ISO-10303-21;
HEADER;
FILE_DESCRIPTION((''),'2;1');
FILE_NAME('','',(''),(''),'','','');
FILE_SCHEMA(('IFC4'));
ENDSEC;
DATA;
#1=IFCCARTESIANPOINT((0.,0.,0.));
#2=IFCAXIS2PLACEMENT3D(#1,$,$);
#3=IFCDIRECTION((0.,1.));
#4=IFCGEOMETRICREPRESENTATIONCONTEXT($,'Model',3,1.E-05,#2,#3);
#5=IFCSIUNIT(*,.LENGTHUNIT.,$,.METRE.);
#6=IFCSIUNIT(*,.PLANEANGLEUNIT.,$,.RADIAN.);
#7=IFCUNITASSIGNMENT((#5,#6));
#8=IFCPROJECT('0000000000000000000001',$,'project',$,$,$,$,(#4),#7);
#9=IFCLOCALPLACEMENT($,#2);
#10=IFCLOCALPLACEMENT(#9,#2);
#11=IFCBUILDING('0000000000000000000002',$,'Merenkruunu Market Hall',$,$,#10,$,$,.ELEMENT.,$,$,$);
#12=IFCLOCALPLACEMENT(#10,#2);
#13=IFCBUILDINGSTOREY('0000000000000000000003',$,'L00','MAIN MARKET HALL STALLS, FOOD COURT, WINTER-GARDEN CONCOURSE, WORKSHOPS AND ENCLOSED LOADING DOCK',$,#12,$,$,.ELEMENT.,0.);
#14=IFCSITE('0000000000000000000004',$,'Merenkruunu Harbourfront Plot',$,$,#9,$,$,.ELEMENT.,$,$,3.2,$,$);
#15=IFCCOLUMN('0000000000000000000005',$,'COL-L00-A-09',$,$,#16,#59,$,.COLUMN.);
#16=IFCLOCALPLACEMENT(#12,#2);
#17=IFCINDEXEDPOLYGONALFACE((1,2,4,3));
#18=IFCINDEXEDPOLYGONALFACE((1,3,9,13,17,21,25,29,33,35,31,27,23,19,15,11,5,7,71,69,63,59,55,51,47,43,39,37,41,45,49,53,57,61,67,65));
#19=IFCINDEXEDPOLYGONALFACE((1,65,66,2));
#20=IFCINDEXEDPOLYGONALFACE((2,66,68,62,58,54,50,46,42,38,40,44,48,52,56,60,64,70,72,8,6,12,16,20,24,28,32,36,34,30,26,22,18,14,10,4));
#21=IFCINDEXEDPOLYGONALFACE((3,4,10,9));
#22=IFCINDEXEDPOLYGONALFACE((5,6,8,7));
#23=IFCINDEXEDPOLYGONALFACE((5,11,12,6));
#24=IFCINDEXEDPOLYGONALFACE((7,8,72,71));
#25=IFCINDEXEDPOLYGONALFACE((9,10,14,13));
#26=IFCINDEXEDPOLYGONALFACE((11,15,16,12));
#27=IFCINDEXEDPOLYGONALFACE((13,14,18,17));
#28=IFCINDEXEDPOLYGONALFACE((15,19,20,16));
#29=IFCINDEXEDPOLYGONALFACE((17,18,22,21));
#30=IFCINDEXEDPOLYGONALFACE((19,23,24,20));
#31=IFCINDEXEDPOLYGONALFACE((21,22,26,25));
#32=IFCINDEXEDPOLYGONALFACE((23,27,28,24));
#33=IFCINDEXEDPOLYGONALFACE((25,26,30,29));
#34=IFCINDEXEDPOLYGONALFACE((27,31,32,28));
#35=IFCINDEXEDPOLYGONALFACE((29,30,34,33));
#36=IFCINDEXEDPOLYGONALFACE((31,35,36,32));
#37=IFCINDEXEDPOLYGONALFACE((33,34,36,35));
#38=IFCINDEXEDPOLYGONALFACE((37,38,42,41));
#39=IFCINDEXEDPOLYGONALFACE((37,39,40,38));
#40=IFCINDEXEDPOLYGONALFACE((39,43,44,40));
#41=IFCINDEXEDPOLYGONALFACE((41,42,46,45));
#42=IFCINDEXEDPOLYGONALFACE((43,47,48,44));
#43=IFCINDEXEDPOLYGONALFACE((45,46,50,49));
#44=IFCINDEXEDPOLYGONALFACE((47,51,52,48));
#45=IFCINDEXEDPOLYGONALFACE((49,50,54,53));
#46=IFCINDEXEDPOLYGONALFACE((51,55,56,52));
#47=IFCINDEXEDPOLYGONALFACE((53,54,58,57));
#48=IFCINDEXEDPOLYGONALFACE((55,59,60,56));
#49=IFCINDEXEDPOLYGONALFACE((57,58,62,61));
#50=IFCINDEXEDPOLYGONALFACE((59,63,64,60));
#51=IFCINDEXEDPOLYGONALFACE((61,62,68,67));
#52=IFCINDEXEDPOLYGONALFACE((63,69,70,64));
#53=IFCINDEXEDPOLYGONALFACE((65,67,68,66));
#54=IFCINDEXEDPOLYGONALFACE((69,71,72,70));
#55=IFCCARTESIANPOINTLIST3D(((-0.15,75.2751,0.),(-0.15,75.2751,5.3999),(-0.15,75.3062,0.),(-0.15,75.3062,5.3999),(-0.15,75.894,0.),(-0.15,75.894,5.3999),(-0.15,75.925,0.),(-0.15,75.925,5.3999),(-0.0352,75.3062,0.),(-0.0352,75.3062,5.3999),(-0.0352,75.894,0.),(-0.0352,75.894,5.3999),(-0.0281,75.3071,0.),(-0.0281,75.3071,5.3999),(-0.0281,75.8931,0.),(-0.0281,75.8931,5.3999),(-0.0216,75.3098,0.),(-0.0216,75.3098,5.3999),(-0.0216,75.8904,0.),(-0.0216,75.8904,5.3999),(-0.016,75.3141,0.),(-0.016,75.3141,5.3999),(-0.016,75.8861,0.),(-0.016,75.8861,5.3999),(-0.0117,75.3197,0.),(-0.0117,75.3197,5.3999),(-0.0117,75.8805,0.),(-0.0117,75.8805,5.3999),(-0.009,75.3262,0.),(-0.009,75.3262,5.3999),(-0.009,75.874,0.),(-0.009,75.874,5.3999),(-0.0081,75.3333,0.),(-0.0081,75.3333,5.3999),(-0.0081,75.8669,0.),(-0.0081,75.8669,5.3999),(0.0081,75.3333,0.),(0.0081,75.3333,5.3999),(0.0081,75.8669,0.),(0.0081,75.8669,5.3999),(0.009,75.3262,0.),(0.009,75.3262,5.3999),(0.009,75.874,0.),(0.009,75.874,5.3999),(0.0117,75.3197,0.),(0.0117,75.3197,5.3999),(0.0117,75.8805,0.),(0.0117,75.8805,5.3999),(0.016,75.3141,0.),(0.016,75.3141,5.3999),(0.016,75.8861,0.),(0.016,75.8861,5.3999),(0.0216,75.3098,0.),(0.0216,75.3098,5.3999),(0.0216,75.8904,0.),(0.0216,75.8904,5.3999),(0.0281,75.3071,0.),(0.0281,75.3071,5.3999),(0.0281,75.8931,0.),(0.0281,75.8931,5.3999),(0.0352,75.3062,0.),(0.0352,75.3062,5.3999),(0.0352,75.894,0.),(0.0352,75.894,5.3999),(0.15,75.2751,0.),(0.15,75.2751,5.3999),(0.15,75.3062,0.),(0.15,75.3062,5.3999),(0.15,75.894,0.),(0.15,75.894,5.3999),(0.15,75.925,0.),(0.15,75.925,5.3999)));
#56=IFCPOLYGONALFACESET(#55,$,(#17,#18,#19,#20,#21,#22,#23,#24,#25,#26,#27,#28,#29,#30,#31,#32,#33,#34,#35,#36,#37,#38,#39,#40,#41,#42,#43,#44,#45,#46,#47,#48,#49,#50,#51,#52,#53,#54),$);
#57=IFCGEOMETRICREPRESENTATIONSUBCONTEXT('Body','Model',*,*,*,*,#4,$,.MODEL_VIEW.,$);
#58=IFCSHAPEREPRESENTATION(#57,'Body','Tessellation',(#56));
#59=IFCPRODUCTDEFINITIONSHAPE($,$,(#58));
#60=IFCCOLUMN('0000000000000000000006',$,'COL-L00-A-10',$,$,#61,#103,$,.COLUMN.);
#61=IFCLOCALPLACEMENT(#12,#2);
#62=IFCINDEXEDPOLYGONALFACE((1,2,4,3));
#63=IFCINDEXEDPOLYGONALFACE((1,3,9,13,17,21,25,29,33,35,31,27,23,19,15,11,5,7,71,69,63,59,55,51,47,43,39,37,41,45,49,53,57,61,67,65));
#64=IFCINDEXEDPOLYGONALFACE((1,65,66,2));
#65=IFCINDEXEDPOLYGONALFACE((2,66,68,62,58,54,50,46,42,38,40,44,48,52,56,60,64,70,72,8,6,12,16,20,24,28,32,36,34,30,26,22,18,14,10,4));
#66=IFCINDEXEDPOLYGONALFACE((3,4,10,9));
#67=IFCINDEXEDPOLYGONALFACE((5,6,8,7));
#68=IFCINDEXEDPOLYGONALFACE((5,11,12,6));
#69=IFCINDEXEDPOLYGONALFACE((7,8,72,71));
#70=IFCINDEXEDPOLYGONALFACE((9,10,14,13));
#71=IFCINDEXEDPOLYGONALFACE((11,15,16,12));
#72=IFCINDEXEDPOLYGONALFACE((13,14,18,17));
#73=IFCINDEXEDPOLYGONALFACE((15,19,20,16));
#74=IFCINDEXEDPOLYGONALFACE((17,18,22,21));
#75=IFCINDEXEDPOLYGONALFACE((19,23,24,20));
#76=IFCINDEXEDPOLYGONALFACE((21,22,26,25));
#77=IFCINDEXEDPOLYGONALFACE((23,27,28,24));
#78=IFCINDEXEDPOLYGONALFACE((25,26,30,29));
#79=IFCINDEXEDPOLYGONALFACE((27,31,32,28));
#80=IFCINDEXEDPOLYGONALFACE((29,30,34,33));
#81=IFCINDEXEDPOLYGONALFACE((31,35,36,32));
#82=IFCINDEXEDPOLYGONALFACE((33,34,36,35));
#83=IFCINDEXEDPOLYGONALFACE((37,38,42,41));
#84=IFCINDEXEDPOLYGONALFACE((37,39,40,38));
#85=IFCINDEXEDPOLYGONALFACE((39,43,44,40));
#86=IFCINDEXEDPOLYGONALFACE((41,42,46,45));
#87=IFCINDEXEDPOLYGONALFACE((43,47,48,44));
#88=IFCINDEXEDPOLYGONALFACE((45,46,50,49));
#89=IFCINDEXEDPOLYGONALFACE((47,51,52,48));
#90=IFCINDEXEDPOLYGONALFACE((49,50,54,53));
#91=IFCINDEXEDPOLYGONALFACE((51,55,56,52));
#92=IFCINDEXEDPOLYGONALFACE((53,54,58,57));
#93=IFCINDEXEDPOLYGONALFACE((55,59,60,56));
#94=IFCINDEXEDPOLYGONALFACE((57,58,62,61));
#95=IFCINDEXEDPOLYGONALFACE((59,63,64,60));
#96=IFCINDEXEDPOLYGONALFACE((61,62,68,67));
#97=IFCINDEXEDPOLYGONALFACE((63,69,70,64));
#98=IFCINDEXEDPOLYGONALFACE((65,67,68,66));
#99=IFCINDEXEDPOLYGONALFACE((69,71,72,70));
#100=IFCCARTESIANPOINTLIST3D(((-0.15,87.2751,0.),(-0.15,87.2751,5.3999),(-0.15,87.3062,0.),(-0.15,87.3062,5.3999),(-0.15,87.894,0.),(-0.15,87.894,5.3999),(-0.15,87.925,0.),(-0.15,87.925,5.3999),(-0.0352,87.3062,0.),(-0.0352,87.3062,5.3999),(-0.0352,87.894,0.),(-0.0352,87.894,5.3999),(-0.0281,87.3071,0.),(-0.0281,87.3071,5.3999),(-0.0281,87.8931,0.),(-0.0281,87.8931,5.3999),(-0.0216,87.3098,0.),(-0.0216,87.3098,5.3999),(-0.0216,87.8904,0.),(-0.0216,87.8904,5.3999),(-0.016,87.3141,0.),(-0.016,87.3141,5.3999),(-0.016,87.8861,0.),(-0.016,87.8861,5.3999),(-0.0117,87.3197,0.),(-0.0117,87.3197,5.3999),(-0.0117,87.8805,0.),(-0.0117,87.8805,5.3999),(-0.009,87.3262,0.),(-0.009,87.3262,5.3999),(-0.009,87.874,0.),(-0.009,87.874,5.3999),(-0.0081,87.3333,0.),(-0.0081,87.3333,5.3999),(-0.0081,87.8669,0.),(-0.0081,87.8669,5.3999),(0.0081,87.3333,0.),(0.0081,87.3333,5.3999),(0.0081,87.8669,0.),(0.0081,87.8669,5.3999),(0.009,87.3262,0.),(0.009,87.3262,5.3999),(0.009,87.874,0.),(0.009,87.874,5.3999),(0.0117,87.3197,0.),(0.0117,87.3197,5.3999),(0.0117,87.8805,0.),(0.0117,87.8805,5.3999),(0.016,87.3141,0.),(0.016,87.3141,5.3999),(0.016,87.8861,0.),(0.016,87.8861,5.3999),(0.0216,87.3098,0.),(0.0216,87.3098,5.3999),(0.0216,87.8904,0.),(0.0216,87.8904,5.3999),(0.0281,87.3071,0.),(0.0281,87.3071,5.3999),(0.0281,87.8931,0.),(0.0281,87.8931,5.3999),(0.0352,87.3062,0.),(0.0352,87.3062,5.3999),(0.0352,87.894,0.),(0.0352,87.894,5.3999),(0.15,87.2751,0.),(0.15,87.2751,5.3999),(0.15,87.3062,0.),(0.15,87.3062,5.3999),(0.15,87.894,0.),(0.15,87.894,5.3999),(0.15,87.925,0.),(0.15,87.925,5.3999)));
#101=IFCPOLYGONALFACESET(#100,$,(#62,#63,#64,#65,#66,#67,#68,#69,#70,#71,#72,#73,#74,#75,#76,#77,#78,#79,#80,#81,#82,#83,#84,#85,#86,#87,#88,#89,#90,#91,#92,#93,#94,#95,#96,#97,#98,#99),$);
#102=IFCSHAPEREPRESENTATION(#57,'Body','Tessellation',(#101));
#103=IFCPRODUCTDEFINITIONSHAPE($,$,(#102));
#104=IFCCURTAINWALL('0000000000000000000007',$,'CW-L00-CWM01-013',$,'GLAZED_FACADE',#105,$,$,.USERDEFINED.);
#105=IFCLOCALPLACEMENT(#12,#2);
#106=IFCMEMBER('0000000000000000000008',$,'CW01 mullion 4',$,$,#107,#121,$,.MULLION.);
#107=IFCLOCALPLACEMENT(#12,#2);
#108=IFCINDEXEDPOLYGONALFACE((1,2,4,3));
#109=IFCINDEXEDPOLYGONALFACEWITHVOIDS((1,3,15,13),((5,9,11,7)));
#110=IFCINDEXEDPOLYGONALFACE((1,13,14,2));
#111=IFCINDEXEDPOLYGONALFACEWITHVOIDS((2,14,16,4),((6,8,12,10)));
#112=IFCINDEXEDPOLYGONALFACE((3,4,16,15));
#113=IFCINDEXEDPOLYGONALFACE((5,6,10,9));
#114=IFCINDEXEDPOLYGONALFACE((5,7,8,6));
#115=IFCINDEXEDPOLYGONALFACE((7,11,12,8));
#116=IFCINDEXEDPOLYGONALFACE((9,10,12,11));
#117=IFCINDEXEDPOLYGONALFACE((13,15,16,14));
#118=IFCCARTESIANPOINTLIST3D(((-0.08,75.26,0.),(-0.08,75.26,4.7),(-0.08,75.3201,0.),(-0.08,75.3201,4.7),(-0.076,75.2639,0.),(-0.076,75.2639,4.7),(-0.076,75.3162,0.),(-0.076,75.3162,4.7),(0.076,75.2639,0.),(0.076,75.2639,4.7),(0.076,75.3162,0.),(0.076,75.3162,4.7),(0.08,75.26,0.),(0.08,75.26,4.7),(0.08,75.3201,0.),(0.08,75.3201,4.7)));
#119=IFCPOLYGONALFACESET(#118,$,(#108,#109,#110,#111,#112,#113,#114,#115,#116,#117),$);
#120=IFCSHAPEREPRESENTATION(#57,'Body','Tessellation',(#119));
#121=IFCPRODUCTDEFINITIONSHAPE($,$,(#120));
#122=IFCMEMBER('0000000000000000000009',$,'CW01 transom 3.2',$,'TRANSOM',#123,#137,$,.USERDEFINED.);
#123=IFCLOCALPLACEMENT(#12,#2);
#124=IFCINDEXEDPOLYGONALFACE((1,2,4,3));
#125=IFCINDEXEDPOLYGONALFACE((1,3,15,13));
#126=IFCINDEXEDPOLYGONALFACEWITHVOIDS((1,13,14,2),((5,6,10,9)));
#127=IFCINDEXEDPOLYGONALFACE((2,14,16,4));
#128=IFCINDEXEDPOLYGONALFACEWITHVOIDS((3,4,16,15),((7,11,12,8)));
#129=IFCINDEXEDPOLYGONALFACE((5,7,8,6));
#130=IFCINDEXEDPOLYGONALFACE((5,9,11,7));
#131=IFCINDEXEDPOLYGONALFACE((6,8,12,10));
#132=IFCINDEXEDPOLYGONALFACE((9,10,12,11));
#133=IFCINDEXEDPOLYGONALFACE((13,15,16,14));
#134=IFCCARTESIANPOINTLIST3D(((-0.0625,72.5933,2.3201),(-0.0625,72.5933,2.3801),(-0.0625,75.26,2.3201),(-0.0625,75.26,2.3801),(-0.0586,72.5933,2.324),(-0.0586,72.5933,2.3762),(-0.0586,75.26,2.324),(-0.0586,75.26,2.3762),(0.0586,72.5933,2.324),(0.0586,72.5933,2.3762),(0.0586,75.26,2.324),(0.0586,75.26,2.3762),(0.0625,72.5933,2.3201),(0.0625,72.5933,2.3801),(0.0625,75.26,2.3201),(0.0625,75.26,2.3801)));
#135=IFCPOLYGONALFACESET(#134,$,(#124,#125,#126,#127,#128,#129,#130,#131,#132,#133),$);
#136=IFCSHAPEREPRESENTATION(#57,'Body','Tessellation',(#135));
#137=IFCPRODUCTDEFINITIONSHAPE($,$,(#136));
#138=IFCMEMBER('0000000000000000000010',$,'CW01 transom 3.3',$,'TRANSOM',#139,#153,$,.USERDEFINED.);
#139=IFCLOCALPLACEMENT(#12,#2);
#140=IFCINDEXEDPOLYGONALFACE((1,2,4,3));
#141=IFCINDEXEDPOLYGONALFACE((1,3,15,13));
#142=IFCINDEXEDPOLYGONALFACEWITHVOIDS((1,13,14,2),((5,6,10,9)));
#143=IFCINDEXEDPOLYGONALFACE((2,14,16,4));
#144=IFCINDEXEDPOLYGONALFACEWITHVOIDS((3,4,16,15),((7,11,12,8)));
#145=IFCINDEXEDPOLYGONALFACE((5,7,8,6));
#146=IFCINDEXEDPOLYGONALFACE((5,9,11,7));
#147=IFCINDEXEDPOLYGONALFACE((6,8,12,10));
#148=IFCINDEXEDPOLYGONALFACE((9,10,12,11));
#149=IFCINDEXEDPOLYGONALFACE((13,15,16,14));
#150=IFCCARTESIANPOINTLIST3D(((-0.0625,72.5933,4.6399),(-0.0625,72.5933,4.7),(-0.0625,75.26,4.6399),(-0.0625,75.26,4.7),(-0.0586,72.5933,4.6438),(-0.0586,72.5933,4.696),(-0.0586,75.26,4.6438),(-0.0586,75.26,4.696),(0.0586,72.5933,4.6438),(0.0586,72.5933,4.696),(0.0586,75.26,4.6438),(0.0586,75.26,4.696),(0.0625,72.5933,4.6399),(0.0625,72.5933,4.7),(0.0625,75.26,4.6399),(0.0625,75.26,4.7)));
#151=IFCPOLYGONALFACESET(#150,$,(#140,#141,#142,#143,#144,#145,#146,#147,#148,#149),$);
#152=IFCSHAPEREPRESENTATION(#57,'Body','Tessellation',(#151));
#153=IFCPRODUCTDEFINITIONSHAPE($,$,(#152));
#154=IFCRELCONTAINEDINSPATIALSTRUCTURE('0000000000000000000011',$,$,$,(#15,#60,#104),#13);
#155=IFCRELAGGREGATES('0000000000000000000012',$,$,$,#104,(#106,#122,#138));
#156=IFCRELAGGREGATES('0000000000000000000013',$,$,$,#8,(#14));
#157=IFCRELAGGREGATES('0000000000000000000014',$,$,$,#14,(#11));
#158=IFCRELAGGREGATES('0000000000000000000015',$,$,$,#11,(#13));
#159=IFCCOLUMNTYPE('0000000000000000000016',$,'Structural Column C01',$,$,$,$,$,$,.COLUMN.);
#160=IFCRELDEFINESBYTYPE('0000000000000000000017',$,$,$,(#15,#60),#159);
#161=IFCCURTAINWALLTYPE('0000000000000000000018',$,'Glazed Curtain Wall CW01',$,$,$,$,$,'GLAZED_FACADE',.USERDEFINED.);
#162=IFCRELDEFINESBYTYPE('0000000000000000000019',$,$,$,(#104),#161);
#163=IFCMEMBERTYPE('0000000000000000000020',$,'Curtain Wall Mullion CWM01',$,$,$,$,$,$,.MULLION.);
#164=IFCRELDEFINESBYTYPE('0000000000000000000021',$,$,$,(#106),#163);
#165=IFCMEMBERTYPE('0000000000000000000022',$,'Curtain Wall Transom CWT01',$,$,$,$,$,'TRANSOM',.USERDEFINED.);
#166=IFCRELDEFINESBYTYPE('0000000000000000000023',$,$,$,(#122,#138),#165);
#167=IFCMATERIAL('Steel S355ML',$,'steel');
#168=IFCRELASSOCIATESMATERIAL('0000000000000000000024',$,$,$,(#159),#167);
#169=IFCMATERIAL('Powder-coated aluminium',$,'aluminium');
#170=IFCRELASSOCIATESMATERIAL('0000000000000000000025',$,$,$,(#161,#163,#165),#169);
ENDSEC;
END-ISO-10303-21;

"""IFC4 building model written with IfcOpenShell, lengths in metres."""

from ifc_helpers import new_model, si_unit, direction, frame, origin, origin_2d, place, context, subcontext, project, spatial, hollow_rectangle, i_section, extrude, material, material_profile, profile_set, type_object, element, aggregate, save


model = new_model("IFC4")

# Units and contexts
model_context = context("Model", 3, precision=1e-05, world=origin(), true_north=direction((0.0, 1.0)))
body_context = subcontext(model_context, "Body", "Model", "MODEL_VIEW")
ifc_project = project(units=[si_unit("LENGTHUNIT", "METRE"), si_unit("PLANEANGLEUNIT", "RADIAN")], contexts=[model_context])

# Site, building, storey
site_placement = place(None, origin())
site = spatial("IfcSite", under=ifc_project, at=site_placement, Name="Merenkruunu Harbourfront Plot", CompositionType="ELEMENT", RefElevation=3.2)
building_placement = place(site_placement, origin())
building = spatial("IfcBuilding", under=site, at=building_placement, Name="Merenkruunu Market Hall", CompositionType="ELEMENT")
storey_placement = place(building_placement, origin())
storey = spatial("IfcBuildingStorey", under=building, at=storey_placement, Name="L00", Description="MAIN MARKET HALL STALLS, FOOD COURT, WINTER-GARDEN CONCOURSE, WORKSHOPS AND ENCLOSED LOADING DOCK", CompositionType="ELEMENT", Elevation=0.0)

# Columns
ifc_material_1 = material(Name="Steel S355ML", Category="steel")
ifc_material_profile_1 = material_profile(ifc_material_1, i_section(OverallWidth=0.3, OverallDepth=0.6499, WebThickness=0.0161, FlangeThickness=0.031, FilletRadius=0.0271, at=origin_2d()), Name="HEB 650")
ifc_profile_set_1 = profile_set([ifc_material_profile_1], Name="Steel S355ML")
column_type = type_object("IfcColumnType", Name="Structural Column C01", PredefinedType="COLUMN", material=ifc_profile_set_1)
for number, where, z_axis, x_axis, name in (
    (1, (0.0, 75.6001, 0.0), (0.0, 0.0, 1.0), (1.0, 0.0, 0.0), "COL-L00-A-09"),
    (2, (0.0, 87.6001, 0.0), (0.0, 0.0, 1.0), (1.0, 0.0, 0.0), "COL-L00-A-10"),
):
    element("IfcColumn", number, at=place(storey_placement, frame(where, z_axis=z_axis, x_axis=x_axis)), inside=storey, type_object=column_type, Name=name, PredefinedType="COLUMN", context=body_context, shape_type="SweptSolid", body=[
        extrude(i_section(OverallWidth=0.3, OverallDepth=0.6499, WebThickness=0.0161, FlangeThickness=0.031, FilletRadius=0.0271, at=origin_2d()), origin(), (0.0, 0.0, 1.0), 5.3999),
    ])

# Curtain wall, members
ifc_material_2 = material(Name="Powder-coated aluminium", Category="aluminium")
curtain_wall_type = type_object("IfcCurtainWallType", Name="Glazed Curtain Wall CW01", ElementType="GLAZED_FACADE", PredefinedType="USERDEFINED", material=ifc_material_2)
curtain_wall_placement = place(storey_placement, origin())
curtain_wall = element("IfcCurtainWall", 3, at=curtain_wall_placement, inside=storey, type_object=curtain_wall_type, Name="CW-L00-CWM01-013", ObjectType="GLAZED_FACADE", PredefinedType="USERDEFINED")
ifc_material_profile_2 = material_profile(ifc_material_2, hollow_rectangle(XDim=0.0601, YDim=0.1599, WallThickness=0.0039, at=origin_2d()), Name="ALU 60x160x4")
ifc_profile_set_2 = profile_set([ifc_material_profile_2], Name="Powder-coated aluminium")
member_type_1 = type_object("IfcMemberType", Name="Curtain Wall Mullion CWM01", PredefinedType="MULLION", material=ifc_profile_set_2)
member_1_placement = place(storey_placement, frame((0.0, 75.29, 0.0), z_axis=(0.0, 0.0, 1.0), x_axis=(0.0, 1.0, 0.0)))
member_1 = element("IfcMember", 4, at=member_1_placement, type_object=member_type_1, Name="CW01 mullion 4", PredefinedType="MULLION", context=body_context, shape_type="SweptSolid", body=[
    extrude(hollow_rectangle(XDim=0.0601, YDim=0.1599, WallThickness=0.0039, at=origin_2d()), origin(), (0.0, 0.0, 1.0), 4.7),
])
ifc_material_profile_3 = material_profile(ifc_material_2, hollow_rectangle(XDim=0.0601, YDim=0.125, WallThickness=0.0039, at=origin_2d()), Name="ALU 60x125x4")
ifc_profile_set_3 = profile_set([ifc_material_profile_3], Name="Powder-coated aluminium")
member_type_2 = type_object("IfcMemberType", Name="Curtain Wall Transom CWT01", ElementType="TRANSOM", PredefinedType="USERDEFINED", material=ifc_profile_set_3)
member_2_placement = place(storey_placement, frame((0.0, 72.5933, 2.3501), z_axis=(0.0, 1.0, 0.0), x_axis=(0.0, 0.0, 1.0)))
member_2 = element("IfcMember", 5, at=member_2_placement, type_object=member_type_2, Name="CW01 transom 3.2", ObjectType="TRANSOM", PredefinedType="USERDEFINED", context=body_context, shape_type="SweptSolid", body=[
    extrude(hollow_rectangle(XDim=0.0601, YDim=0.125, WallThickness=0.0039, at=origin_2d()), origin(), (0.0, 0.0, 1.0), 2.6667),
])
member_3_placement = place(storey_placement, frame((0.0, 72.5933, 4.6699), z_axis=(0.0, 1.0, 0.0), x_axis=(0.0, 0.0, 1.0)))
member_3 = element("IfcMember", 6, at=member_3_placement, type_object=member_type_2, Name="CW01 transom 3.3", ObjectType="TRANSOM", PredefinedType="USERDEFINED", context=body_context, shape_type="SweptSolid", body=[
    extrude(hollow_rectangle(XDim=0.0601, YDim=0.125, WallThickness=0.0039, at=origin_2d()), origin(), (0.0, 0.0, 1.0), 2.6667),
])

aggregate(curtain_wall, [member_1, member_2, member_3])

save(model, "model.ifc")
